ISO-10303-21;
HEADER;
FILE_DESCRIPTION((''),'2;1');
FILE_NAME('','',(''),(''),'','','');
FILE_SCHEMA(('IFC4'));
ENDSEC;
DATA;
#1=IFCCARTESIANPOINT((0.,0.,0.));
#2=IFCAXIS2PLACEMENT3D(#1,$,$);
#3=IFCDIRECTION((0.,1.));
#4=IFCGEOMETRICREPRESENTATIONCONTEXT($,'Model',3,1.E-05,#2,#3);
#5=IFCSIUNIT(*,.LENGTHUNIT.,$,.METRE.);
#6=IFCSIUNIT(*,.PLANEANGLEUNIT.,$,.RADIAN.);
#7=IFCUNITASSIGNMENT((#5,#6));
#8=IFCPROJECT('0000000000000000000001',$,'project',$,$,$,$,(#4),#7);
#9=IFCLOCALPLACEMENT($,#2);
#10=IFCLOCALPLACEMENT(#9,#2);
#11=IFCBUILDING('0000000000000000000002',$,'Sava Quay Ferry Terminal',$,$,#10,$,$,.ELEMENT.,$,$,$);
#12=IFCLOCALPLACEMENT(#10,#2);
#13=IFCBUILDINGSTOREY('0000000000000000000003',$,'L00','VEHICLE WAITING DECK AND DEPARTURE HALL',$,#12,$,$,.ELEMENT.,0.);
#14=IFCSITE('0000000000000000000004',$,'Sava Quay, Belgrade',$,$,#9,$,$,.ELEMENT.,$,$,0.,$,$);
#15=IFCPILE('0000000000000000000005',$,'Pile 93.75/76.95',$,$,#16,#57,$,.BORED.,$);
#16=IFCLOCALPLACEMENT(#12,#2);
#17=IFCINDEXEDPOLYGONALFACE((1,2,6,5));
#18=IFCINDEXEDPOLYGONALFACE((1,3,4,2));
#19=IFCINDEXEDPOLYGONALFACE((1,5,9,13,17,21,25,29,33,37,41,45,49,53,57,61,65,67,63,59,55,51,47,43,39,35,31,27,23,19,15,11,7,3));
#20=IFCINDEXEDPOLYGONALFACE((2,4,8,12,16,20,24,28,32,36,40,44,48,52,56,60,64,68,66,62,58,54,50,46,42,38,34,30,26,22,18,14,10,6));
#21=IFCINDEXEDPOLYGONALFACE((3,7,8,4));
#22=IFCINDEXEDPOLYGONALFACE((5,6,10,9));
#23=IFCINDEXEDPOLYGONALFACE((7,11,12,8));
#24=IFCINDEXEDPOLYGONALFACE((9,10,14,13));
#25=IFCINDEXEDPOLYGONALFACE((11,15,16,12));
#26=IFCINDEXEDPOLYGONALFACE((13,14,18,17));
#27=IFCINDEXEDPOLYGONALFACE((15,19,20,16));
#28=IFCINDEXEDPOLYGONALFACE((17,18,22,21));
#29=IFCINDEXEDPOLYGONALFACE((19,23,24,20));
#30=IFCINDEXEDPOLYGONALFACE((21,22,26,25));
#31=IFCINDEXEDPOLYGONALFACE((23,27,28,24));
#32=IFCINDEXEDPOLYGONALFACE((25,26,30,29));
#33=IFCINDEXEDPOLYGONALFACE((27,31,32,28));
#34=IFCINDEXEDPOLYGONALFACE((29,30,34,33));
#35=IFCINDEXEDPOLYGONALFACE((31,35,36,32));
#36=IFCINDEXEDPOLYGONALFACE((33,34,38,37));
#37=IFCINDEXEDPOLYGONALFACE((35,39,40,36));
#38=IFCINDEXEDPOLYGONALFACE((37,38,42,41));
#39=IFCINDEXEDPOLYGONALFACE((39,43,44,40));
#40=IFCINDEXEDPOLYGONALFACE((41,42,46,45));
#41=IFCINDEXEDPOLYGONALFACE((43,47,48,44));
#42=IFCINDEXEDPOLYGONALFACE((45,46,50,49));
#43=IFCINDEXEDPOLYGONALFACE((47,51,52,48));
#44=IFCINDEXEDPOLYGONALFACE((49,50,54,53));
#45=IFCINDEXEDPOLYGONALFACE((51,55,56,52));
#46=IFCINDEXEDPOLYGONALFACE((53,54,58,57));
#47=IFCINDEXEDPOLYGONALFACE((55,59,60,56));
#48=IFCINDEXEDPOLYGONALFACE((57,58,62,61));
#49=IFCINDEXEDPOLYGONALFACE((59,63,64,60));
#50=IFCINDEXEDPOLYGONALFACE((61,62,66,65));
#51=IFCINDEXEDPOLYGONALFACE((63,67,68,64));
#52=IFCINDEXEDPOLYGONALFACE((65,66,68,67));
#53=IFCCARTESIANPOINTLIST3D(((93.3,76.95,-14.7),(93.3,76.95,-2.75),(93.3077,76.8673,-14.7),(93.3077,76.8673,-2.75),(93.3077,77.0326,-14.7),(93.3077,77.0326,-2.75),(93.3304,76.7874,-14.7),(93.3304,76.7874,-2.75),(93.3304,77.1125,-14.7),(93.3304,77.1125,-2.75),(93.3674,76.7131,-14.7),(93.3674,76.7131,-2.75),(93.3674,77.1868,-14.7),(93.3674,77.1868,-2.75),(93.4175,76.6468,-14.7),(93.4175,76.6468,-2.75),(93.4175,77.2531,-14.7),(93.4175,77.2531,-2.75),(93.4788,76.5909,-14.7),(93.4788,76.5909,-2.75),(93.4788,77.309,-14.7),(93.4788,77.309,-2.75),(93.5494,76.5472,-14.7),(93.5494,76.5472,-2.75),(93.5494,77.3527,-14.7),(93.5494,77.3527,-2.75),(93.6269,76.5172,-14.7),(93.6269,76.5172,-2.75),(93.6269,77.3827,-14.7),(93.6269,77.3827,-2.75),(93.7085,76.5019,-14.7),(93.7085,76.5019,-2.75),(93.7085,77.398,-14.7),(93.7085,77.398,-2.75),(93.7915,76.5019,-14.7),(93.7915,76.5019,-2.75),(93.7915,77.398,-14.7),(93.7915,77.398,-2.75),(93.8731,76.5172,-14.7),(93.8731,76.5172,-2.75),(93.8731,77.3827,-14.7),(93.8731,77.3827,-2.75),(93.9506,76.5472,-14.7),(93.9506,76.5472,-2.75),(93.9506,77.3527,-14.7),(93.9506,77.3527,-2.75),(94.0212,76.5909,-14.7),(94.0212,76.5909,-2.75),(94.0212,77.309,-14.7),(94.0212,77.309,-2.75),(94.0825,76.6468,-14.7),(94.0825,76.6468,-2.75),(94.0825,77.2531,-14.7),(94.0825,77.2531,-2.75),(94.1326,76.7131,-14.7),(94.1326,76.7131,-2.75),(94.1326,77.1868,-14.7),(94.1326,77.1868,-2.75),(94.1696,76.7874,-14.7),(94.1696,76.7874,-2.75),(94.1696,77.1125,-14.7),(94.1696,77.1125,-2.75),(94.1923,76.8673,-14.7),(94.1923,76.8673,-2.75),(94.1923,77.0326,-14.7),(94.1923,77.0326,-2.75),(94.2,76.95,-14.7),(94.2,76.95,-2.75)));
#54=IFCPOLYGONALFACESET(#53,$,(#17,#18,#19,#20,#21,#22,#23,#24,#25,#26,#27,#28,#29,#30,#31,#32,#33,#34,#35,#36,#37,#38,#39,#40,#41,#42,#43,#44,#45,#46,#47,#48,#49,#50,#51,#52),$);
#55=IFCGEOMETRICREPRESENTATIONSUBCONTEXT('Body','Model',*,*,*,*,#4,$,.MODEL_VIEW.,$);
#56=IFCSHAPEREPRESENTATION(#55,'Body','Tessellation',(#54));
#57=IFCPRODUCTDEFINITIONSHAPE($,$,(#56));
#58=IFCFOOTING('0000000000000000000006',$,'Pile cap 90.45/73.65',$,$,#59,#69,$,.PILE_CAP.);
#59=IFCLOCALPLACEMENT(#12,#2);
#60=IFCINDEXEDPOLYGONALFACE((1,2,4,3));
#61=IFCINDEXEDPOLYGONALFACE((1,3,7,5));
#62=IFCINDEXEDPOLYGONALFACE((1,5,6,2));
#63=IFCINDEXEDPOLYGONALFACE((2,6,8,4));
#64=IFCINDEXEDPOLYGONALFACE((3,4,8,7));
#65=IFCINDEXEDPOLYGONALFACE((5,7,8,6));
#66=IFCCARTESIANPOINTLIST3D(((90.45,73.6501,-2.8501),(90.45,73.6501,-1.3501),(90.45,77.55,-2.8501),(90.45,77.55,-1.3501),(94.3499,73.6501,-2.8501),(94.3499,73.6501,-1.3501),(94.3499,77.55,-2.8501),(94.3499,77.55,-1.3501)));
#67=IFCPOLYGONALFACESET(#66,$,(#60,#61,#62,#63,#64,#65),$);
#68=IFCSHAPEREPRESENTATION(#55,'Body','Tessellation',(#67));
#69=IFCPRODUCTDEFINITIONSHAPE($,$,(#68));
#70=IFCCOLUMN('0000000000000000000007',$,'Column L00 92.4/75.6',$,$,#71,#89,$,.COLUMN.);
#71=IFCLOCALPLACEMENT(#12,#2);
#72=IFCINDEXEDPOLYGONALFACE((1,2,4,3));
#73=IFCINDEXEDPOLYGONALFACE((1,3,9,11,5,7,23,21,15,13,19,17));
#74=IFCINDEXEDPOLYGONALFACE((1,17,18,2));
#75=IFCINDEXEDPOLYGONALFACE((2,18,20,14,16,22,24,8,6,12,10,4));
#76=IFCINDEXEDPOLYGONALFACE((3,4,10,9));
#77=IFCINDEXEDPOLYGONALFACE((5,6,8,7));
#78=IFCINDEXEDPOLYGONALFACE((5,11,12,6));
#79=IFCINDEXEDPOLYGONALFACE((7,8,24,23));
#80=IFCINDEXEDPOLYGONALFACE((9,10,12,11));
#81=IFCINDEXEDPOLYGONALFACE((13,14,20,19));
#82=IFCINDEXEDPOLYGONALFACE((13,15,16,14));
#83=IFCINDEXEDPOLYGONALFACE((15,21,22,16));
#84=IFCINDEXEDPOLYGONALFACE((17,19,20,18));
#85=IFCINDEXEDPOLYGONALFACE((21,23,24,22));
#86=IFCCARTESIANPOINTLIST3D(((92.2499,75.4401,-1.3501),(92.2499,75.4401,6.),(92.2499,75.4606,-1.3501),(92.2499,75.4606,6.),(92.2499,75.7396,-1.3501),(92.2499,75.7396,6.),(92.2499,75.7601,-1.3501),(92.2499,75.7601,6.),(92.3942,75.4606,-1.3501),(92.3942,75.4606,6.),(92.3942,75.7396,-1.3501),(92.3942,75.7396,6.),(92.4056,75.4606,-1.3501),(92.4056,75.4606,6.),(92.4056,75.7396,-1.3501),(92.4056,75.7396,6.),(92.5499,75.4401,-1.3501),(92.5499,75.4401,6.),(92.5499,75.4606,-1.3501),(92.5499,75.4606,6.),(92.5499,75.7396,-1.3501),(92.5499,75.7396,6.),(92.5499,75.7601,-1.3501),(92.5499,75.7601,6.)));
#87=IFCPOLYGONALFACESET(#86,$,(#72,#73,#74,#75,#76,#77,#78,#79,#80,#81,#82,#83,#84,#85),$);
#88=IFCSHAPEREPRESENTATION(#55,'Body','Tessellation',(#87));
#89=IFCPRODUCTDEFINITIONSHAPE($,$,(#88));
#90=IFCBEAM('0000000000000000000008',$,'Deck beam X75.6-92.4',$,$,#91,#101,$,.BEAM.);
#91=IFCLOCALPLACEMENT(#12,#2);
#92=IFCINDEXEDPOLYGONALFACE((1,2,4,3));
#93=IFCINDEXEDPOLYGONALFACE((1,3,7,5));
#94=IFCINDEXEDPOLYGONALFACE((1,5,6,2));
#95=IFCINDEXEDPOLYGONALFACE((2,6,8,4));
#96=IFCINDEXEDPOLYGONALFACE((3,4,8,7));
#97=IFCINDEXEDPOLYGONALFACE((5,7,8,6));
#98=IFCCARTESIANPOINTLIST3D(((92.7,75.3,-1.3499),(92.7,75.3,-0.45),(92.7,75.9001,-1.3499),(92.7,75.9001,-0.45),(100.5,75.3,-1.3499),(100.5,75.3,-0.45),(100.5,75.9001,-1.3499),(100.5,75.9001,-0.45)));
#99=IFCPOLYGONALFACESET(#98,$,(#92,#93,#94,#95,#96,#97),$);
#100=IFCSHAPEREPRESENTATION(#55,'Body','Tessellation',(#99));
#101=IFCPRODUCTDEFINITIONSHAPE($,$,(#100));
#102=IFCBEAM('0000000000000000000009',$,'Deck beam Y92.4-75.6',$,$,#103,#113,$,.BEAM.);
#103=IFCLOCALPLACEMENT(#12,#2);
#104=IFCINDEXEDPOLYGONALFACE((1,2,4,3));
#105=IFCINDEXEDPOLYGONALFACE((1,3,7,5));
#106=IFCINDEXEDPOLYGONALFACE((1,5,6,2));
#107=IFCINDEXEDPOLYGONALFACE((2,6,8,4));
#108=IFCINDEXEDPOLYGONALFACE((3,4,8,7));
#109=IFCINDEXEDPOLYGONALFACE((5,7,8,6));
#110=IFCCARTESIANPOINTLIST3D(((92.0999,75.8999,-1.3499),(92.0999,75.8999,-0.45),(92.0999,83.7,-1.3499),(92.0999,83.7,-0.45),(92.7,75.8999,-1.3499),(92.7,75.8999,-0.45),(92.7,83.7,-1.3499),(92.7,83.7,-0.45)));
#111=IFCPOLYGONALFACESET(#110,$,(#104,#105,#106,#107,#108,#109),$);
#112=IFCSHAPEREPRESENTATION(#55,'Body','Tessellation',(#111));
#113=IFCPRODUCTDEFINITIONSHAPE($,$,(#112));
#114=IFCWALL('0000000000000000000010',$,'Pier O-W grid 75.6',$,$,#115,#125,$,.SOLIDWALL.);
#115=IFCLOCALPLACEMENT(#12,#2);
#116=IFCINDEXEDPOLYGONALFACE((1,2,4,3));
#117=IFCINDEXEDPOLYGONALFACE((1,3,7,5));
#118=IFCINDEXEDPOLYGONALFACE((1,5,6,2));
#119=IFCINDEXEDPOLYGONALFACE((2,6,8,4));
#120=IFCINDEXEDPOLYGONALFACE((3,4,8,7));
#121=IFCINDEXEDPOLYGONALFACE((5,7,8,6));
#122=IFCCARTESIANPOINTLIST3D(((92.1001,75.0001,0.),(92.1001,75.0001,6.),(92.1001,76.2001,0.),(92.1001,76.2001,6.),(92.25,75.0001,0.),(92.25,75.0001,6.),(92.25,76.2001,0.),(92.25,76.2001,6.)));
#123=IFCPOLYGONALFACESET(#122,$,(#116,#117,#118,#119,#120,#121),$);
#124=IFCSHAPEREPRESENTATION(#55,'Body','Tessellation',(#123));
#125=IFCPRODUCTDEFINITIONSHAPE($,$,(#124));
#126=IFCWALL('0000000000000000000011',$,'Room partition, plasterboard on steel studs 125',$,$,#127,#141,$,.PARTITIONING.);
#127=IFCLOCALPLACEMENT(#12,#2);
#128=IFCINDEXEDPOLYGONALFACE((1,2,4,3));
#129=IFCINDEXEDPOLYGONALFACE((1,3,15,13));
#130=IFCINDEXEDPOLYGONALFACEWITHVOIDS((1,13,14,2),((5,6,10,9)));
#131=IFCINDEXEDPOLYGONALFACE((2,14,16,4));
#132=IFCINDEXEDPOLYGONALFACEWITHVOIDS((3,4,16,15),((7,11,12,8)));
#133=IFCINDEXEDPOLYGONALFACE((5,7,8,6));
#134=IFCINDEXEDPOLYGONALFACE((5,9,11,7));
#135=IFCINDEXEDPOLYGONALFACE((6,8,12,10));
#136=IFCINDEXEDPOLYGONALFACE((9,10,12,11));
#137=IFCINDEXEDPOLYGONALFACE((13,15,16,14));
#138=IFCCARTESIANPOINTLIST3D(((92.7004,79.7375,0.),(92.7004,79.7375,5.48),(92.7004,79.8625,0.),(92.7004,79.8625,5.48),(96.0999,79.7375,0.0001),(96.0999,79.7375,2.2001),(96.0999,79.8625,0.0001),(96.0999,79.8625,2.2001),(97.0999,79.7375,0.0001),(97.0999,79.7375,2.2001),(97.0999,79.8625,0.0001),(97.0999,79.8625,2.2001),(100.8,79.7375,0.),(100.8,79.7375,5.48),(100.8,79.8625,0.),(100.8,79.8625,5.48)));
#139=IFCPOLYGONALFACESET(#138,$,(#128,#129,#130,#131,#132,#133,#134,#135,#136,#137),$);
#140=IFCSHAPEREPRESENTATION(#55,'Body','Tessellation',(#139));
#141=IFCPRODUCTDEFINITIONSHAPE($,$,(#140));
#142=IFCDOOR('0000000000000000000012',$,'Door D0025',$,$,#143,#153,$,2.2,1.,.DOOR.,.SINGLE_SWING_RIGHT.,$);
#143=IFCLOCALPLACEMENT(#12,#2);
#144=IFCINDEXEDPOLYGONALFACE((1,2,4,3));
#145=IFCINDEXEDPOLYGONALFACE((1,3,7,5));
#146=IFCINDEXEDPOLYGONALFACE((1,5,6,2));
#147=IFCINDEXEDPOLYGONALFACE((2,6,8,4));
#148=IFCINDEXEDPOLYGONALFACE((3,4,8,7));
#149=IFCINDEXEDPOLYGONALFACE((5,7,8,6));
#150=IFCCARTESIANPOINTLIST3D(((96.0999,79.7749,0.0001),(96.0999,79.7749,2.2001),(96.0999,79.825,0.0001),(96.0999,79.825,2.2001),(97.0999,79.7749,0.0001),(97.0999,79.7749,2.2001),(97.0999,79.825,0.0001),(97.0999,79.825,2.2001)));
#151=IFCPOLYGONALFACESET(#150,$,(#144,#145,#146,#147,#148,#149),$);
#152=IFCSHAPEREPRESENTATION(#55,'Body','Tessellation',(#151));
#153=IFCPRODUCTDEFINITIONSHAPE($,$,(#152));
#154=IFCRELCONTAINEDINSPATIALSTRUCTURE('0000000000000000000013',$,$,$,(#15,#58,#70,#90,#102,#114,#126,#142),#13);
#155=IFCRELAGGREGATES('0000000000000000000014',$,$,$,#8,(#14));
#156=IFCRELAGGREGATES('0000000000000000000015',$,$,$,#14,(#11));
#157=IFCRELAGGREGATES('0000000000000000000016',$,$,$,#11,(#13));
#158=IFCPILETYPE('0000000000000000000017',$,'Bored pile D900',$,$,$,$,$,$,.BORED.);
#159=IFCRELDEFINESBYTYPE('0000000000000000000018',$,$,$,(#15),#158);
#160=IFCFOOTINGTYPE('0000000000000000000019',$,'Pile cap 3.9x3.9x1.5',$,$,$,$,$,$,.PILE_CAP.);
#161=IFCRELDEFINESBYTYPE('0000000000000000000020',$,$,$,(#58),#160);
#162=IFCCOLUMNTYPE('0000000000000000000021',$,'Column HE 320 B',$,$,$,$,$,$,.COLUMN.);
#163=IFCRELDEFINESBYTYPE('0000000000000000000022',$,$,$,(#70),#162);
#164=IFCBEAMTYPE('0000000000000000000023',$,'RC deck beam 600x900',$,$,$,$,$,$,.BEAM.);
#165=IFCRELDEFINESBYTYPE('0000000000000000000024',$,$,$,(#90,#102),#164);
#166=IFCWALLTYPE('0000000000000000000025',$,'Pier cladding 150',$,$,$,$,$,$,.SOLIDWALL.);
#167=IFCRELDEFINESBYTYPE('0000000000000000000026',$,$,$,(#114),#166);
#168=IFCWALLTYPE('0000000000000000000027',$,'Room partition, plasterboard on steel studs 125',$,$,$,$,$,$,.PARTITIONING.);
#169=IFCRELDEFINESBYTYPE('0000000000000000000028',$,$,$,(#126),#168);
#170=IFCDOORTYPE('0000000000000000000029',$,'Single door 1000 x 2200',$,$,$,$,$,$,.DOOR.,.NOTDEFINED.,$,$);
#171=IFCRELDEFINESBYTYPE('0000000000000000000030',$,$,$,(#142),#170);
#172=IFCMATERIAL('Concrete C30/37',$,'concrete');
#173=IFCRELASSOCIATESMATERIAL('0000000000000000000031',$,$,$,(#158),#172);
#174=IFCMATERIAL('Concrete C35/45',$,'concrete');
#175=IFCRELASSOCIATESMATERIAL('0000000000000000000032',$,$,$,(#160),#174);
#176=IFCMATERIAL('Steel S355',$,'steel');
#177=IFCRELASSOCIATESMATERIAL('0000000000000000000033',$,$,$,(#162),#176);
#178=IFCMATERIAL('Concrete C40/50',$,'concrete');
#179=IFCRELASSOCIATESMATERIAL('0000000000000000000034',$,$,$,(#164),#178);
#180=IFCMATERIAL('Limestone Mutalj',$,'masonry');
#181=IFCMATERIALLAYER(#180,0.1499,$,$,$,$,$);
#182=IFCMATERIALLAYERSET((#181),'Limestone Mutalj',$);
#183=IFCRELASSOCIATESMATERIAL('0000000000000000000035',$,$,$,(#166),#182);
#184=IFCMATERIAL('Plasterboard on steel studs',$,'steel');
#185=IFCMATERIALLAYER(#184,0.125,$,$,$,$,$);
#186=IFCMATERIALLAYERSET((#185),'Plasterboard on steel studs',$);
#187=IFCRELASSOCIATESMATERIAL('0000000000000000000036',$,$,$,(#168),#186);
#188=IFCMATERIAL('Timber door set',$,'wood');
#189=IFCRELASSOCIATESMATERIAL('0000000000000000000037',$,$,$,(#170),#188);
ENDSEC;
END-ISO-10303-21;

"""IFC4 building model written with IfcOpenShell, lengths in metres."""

from ifc_helpers import new_model, si_unit, direction, frame, frame_2d, origin, origin_2d, place, context, subcontext, project, spatial, rectangle, circle, i_section, extrude, material, layer, layer_set, material_profile, profile_set, type_object, element, fill, save


model = new_model("IFC4")

# Units and contexts
model_context = context("Model", 3, precision=1e-05, world=origin(), true_north=direction((0.0, 1.0)))
body_context = subcontext(model_context, "Body", "Model", "MODEL_VIEW")
ifc_project = project(units=[si_unit("LENGTHUNIT", "METRE"), si_unit("PLANEANGLEUNIT", "RADIAN")], contexts=[model_context])

# Site, building, storey
site_placement = place(None, origin())
site = spatial("IfcSite", under=ifc_project, at=site_placement, Name="Sava Quay, Belgrade", CompositionType="ELEMENT", RefElevation=0.0)
building_placement = place(site_placement, origin())
building = spatial("IfcBuilding", under=site, at=building_placement, Name="Sava Quay Ferry Terminal", CompositionType="ELEMENT")
storey_placement = place(building_placement, origin())
storey = spatial("IfcBuildingStorey", under=building, at=storey_placement, Name="L00", Description="VEHICLE WAITING DECK AND DEPARTURE HALL", CompositionType="ELEMENT", Elevation=0.0)

# Pile
ifc_material_1 = material(Name="Concrete C30/37", Category="concrete")
ifc_material_profile_1 = material_profile(ifc_material_1, circle(Radius=0.45, at=origin_2d()), Name="Bored pile D900")
ifc_profile_set_1 = profile_set([ifc_material_profile_1], Name="Concrete C30/37")
pile_type = type_object("IfcPileType", Name="Bored pile D900", PredefinedType="BORED", material=ifc_profile_set_1)
pile_placement = place(storey_placement, frame((93.75, 76.95, -2.75), z_axis=(0.0, 0.0, -1.0), x_axis=(1.0, 0.0, 0.0)))
element("IfcPile", 1, at=pile_placement, inside=storey, type_object=pile_type, Name="Pile 93.75/76.95", PredefinedType="BORED", context=body_context, shape_type="SweptSolid", body=[
    extrude(circle(Radius=0.45, at=origin_2d()), origin(), (0.0, 0.0, 1.0), 11.95),
])

# Footing
ifc_material_2 = material(Name="Concrete C35/45", Category="concrete")
footing_type = type_object("IfcFootingType", Name="Pile cap 3.9x3.9x1.5", PredefinedType="PILE_CAP", material=ifc_material_2)
footing_placement = place(storey_placement, frame((92.3999, 75.6001, -2.8501), z_axis=(0.0, 0.0, 1.0), x_axis=(1.0, 0.0, 0.0)))
element("IfcFooting", 2, at=footing_placement, inside=storey, type_object=footing_type, Name="Pile cap 90.45/73.65", PredefinedType="PILE_CAP", context=body_context, shape_type="SweptSolid", body=[
    extrude(rectangle(XDim=3.8999, YDim=3.8999, at=origin_2d()), origin(), (0.0, 0.0, 1.0), 1.5),
])

# Column
ifc_material_3 = material(Name="Steel S355", Category="steel")
ifc_material_profile_2 = material_profile(ifc_material_3, i_section(OverallWidth=0.3, OverallDepth=0.3201, WebThickness=0.0115, FlangeThickness=0.0205, at=origin_2d()), Name="HE 320 B")
ifc_profile_set_2 = profile_set([ifc_material_profile_2], Name="Steel S355")
column_type = type_object("IfcColumnType", Name="Column HE 320 B", PredefinedType="COLUMN", material=ifc_profile_set_2)
column_placement = place(storey_placement, frame((92.3999, 75.6001, -1.3501), z_axis=(0.0, 0.0, 1.0), x_axis=(1.0, 0.0, 0.0)))
element("IfcColumn", 3, at=column_placement, inside=storey, type_object=column_type, Name="Column L00 92.4/75.6", PredefinedType="COLUMN", context=body_context, shape_type="SweptSolid", body=[
    extrude(i_section(OverallWidth=0.3, OverallDepth=0.3201, WebThickness=0.0115, FlangeThickness=0.0205, at=origin_2d()), origin(), (0.0, 0.0, 1.0), 7.3501),
])

# Beams
ifc_material_4 = material(Name="Concrete C40/50", Category="concrete")
ifc_material_profile_3 = material_profile(ifc_material_4, rectangle(XDim=0.6001, YDim=0.8999, at=origin_2d()), Name="RC 600x900")
ifc_profile_set_3 = profile_set([ifc_material_profile_3], Name="Concrete C40/50")
beam_type = type_object("IfcBeamType", Name="RC deck beam 600x900", PredefinedType="BEAM", material=ifc_profile_set_3)
for number, where, z_axis, x_axis, name in (
    (4, (92.7, 75.6001, -0.8999), (1.0, 0.0, 0.0), (0.0, 1.0, 0.0), "Deck beam X75.6-92.4"),
    (5, (92.3999, 75.8999, -0.8999), (0.0, 1.0, 0.0), (-1.0, 0.0, 0.0), "Deck beam Y92.4-75.6"),
):
    element("IfcBeam", number, at=place(storey_placement, frame(where, z_axis=z_axis, x_axis=x_axis)), inside=storey, type_object=beam_type, Name=name, PredefinedType="BEAM", context=body_context, shape_type="SweptSolid", body=[
        extrude(rectangle(XDim=0.6001, YDim=0.8999, at=origin_2d()), origin(), (0.0, 0.0, 1.0), 7.8),
    ])

# Wall
ifc_material_5 = material(Name="Limestone Mutalj", Category="masonry")
ifc_layer_1 = layer(ifc_material_5, 0.1499)
ifc_layer_set_1 = layer_set([ifc_layer_1], Name="Limestone Mutalj")
wall_type_1 = type_object("IfcWallType", Name="Pier cladding 150", PredefinedType="SOLIDWALL", material=ifc_layer_set_1)
wall_1_placement = place(storey_placement, frame((92.175, 75.0, 0.0), z_axis=(0.0, 0.0, 1.0), x_axis=(0.0, 1.0, 0.0)))
element("IfcWall", 6, at=wall_1_placement, inside=storey, type_object=wall_type_1, Name="Pier O-W grid 75.6", PredefinedType="SOLIDWALL", context=body_context, shape_type="SweptSolid", body=[
    extrude(rectangle(XDim=1.2, YDim=0.1499, at=frame_2d((0.6001, 0.0))), origin(), (0.0, 0.0, 1.0), 6.0),
])

# Wall, opening, door
ifc_material_6 = material(Name="Plasterboard on steel studs", Category="steel")
ifc_layer_2 = layer(ifc_material_6, 0.125)
ifc_layer_set_2 = layer_set([ifc_layer_2], Name="Plasterboard on steel studs")
wall_type_2 = type_object("IfcWallType", Name="Room partition, plasterboard on steel studs 125", PredefinedType="PARTITIONING", material=ifc_layer_set_2)
wall_2_placement = place(storey_placement, frame((92.7004, 79.8, 0.0), z_axis=(0.0, 0.0, 1.0), x_axis=(1.0, 0.0, 0.0)))
wall_2 = element("IfcWall", 7, at=wall_2_placement, inside=storey, type_object=wall_type_2, Name="Room partition, plasterboard on steel studs 125", PredefinedType="PARTITIONING", context=body_context, shape_type="SweptSolid", body=[
    extrude(rectangle(XDim=8.0996, YDim=0.125, at=frame_2d((4.0498, 0.0))), origin(), (0.0, 0.0, 1.0), 5.48),
])
opening_1_placement = place(wall_2_placement, frame((3.3994, 0.0, 0.0)))
opening_1 = element("IfcOpeningElement", 8, at=opening_1_placement, cuts=wall_2, PredefinedType="OPENING", context=body_context, shape_type="SweptSolid", body=[
    extrude(rectangle(XDim=1.0, YDim=2.2, at=frame_2d((0.5, 1.1001))), frame((0.0, 0.0625, 0.0), z_axis=(0.0, -1.0, 0.0), x_axis=(1.0, 0.0, 0.0)), (0.0, 0.0, 1.0), 0.125),
])
ifc_material_7 = material(Name="Timber door set", Category="wood")
door_type = type_object("IfcDoorType", Name="Single door 1000 x 2200", OperationType="NOTDEFINED", PredefinedType="DOOR", material=ifc_material_7)
door_placement = place(opening_1_placement, origin())
door = element("IfcDoor", 9, at=door_placement, inside=storey, type_object=door_type, Name="Door D0025", OperationType="SINGLE_SWING_RIGHT", OverallHeight=2.2, OverallWidth=1.0, PredefinedType="DOOR", context=body_context, shape_type="SweptSolid", body=[
    extrude(rectangle(XDim=1.0, YDim=2.2, at=frame_2d((0.5, 1.1001))), frame((0.0, 0.0249, 0.0), z_axis=(0.0, -1.0, 0.0), x_axis=(1.0, 0.0, 0.0)), (0.0, 0.0, 1.0), 0.05),
])
fill(opening_1, door)

save(model, "model.ifc")
